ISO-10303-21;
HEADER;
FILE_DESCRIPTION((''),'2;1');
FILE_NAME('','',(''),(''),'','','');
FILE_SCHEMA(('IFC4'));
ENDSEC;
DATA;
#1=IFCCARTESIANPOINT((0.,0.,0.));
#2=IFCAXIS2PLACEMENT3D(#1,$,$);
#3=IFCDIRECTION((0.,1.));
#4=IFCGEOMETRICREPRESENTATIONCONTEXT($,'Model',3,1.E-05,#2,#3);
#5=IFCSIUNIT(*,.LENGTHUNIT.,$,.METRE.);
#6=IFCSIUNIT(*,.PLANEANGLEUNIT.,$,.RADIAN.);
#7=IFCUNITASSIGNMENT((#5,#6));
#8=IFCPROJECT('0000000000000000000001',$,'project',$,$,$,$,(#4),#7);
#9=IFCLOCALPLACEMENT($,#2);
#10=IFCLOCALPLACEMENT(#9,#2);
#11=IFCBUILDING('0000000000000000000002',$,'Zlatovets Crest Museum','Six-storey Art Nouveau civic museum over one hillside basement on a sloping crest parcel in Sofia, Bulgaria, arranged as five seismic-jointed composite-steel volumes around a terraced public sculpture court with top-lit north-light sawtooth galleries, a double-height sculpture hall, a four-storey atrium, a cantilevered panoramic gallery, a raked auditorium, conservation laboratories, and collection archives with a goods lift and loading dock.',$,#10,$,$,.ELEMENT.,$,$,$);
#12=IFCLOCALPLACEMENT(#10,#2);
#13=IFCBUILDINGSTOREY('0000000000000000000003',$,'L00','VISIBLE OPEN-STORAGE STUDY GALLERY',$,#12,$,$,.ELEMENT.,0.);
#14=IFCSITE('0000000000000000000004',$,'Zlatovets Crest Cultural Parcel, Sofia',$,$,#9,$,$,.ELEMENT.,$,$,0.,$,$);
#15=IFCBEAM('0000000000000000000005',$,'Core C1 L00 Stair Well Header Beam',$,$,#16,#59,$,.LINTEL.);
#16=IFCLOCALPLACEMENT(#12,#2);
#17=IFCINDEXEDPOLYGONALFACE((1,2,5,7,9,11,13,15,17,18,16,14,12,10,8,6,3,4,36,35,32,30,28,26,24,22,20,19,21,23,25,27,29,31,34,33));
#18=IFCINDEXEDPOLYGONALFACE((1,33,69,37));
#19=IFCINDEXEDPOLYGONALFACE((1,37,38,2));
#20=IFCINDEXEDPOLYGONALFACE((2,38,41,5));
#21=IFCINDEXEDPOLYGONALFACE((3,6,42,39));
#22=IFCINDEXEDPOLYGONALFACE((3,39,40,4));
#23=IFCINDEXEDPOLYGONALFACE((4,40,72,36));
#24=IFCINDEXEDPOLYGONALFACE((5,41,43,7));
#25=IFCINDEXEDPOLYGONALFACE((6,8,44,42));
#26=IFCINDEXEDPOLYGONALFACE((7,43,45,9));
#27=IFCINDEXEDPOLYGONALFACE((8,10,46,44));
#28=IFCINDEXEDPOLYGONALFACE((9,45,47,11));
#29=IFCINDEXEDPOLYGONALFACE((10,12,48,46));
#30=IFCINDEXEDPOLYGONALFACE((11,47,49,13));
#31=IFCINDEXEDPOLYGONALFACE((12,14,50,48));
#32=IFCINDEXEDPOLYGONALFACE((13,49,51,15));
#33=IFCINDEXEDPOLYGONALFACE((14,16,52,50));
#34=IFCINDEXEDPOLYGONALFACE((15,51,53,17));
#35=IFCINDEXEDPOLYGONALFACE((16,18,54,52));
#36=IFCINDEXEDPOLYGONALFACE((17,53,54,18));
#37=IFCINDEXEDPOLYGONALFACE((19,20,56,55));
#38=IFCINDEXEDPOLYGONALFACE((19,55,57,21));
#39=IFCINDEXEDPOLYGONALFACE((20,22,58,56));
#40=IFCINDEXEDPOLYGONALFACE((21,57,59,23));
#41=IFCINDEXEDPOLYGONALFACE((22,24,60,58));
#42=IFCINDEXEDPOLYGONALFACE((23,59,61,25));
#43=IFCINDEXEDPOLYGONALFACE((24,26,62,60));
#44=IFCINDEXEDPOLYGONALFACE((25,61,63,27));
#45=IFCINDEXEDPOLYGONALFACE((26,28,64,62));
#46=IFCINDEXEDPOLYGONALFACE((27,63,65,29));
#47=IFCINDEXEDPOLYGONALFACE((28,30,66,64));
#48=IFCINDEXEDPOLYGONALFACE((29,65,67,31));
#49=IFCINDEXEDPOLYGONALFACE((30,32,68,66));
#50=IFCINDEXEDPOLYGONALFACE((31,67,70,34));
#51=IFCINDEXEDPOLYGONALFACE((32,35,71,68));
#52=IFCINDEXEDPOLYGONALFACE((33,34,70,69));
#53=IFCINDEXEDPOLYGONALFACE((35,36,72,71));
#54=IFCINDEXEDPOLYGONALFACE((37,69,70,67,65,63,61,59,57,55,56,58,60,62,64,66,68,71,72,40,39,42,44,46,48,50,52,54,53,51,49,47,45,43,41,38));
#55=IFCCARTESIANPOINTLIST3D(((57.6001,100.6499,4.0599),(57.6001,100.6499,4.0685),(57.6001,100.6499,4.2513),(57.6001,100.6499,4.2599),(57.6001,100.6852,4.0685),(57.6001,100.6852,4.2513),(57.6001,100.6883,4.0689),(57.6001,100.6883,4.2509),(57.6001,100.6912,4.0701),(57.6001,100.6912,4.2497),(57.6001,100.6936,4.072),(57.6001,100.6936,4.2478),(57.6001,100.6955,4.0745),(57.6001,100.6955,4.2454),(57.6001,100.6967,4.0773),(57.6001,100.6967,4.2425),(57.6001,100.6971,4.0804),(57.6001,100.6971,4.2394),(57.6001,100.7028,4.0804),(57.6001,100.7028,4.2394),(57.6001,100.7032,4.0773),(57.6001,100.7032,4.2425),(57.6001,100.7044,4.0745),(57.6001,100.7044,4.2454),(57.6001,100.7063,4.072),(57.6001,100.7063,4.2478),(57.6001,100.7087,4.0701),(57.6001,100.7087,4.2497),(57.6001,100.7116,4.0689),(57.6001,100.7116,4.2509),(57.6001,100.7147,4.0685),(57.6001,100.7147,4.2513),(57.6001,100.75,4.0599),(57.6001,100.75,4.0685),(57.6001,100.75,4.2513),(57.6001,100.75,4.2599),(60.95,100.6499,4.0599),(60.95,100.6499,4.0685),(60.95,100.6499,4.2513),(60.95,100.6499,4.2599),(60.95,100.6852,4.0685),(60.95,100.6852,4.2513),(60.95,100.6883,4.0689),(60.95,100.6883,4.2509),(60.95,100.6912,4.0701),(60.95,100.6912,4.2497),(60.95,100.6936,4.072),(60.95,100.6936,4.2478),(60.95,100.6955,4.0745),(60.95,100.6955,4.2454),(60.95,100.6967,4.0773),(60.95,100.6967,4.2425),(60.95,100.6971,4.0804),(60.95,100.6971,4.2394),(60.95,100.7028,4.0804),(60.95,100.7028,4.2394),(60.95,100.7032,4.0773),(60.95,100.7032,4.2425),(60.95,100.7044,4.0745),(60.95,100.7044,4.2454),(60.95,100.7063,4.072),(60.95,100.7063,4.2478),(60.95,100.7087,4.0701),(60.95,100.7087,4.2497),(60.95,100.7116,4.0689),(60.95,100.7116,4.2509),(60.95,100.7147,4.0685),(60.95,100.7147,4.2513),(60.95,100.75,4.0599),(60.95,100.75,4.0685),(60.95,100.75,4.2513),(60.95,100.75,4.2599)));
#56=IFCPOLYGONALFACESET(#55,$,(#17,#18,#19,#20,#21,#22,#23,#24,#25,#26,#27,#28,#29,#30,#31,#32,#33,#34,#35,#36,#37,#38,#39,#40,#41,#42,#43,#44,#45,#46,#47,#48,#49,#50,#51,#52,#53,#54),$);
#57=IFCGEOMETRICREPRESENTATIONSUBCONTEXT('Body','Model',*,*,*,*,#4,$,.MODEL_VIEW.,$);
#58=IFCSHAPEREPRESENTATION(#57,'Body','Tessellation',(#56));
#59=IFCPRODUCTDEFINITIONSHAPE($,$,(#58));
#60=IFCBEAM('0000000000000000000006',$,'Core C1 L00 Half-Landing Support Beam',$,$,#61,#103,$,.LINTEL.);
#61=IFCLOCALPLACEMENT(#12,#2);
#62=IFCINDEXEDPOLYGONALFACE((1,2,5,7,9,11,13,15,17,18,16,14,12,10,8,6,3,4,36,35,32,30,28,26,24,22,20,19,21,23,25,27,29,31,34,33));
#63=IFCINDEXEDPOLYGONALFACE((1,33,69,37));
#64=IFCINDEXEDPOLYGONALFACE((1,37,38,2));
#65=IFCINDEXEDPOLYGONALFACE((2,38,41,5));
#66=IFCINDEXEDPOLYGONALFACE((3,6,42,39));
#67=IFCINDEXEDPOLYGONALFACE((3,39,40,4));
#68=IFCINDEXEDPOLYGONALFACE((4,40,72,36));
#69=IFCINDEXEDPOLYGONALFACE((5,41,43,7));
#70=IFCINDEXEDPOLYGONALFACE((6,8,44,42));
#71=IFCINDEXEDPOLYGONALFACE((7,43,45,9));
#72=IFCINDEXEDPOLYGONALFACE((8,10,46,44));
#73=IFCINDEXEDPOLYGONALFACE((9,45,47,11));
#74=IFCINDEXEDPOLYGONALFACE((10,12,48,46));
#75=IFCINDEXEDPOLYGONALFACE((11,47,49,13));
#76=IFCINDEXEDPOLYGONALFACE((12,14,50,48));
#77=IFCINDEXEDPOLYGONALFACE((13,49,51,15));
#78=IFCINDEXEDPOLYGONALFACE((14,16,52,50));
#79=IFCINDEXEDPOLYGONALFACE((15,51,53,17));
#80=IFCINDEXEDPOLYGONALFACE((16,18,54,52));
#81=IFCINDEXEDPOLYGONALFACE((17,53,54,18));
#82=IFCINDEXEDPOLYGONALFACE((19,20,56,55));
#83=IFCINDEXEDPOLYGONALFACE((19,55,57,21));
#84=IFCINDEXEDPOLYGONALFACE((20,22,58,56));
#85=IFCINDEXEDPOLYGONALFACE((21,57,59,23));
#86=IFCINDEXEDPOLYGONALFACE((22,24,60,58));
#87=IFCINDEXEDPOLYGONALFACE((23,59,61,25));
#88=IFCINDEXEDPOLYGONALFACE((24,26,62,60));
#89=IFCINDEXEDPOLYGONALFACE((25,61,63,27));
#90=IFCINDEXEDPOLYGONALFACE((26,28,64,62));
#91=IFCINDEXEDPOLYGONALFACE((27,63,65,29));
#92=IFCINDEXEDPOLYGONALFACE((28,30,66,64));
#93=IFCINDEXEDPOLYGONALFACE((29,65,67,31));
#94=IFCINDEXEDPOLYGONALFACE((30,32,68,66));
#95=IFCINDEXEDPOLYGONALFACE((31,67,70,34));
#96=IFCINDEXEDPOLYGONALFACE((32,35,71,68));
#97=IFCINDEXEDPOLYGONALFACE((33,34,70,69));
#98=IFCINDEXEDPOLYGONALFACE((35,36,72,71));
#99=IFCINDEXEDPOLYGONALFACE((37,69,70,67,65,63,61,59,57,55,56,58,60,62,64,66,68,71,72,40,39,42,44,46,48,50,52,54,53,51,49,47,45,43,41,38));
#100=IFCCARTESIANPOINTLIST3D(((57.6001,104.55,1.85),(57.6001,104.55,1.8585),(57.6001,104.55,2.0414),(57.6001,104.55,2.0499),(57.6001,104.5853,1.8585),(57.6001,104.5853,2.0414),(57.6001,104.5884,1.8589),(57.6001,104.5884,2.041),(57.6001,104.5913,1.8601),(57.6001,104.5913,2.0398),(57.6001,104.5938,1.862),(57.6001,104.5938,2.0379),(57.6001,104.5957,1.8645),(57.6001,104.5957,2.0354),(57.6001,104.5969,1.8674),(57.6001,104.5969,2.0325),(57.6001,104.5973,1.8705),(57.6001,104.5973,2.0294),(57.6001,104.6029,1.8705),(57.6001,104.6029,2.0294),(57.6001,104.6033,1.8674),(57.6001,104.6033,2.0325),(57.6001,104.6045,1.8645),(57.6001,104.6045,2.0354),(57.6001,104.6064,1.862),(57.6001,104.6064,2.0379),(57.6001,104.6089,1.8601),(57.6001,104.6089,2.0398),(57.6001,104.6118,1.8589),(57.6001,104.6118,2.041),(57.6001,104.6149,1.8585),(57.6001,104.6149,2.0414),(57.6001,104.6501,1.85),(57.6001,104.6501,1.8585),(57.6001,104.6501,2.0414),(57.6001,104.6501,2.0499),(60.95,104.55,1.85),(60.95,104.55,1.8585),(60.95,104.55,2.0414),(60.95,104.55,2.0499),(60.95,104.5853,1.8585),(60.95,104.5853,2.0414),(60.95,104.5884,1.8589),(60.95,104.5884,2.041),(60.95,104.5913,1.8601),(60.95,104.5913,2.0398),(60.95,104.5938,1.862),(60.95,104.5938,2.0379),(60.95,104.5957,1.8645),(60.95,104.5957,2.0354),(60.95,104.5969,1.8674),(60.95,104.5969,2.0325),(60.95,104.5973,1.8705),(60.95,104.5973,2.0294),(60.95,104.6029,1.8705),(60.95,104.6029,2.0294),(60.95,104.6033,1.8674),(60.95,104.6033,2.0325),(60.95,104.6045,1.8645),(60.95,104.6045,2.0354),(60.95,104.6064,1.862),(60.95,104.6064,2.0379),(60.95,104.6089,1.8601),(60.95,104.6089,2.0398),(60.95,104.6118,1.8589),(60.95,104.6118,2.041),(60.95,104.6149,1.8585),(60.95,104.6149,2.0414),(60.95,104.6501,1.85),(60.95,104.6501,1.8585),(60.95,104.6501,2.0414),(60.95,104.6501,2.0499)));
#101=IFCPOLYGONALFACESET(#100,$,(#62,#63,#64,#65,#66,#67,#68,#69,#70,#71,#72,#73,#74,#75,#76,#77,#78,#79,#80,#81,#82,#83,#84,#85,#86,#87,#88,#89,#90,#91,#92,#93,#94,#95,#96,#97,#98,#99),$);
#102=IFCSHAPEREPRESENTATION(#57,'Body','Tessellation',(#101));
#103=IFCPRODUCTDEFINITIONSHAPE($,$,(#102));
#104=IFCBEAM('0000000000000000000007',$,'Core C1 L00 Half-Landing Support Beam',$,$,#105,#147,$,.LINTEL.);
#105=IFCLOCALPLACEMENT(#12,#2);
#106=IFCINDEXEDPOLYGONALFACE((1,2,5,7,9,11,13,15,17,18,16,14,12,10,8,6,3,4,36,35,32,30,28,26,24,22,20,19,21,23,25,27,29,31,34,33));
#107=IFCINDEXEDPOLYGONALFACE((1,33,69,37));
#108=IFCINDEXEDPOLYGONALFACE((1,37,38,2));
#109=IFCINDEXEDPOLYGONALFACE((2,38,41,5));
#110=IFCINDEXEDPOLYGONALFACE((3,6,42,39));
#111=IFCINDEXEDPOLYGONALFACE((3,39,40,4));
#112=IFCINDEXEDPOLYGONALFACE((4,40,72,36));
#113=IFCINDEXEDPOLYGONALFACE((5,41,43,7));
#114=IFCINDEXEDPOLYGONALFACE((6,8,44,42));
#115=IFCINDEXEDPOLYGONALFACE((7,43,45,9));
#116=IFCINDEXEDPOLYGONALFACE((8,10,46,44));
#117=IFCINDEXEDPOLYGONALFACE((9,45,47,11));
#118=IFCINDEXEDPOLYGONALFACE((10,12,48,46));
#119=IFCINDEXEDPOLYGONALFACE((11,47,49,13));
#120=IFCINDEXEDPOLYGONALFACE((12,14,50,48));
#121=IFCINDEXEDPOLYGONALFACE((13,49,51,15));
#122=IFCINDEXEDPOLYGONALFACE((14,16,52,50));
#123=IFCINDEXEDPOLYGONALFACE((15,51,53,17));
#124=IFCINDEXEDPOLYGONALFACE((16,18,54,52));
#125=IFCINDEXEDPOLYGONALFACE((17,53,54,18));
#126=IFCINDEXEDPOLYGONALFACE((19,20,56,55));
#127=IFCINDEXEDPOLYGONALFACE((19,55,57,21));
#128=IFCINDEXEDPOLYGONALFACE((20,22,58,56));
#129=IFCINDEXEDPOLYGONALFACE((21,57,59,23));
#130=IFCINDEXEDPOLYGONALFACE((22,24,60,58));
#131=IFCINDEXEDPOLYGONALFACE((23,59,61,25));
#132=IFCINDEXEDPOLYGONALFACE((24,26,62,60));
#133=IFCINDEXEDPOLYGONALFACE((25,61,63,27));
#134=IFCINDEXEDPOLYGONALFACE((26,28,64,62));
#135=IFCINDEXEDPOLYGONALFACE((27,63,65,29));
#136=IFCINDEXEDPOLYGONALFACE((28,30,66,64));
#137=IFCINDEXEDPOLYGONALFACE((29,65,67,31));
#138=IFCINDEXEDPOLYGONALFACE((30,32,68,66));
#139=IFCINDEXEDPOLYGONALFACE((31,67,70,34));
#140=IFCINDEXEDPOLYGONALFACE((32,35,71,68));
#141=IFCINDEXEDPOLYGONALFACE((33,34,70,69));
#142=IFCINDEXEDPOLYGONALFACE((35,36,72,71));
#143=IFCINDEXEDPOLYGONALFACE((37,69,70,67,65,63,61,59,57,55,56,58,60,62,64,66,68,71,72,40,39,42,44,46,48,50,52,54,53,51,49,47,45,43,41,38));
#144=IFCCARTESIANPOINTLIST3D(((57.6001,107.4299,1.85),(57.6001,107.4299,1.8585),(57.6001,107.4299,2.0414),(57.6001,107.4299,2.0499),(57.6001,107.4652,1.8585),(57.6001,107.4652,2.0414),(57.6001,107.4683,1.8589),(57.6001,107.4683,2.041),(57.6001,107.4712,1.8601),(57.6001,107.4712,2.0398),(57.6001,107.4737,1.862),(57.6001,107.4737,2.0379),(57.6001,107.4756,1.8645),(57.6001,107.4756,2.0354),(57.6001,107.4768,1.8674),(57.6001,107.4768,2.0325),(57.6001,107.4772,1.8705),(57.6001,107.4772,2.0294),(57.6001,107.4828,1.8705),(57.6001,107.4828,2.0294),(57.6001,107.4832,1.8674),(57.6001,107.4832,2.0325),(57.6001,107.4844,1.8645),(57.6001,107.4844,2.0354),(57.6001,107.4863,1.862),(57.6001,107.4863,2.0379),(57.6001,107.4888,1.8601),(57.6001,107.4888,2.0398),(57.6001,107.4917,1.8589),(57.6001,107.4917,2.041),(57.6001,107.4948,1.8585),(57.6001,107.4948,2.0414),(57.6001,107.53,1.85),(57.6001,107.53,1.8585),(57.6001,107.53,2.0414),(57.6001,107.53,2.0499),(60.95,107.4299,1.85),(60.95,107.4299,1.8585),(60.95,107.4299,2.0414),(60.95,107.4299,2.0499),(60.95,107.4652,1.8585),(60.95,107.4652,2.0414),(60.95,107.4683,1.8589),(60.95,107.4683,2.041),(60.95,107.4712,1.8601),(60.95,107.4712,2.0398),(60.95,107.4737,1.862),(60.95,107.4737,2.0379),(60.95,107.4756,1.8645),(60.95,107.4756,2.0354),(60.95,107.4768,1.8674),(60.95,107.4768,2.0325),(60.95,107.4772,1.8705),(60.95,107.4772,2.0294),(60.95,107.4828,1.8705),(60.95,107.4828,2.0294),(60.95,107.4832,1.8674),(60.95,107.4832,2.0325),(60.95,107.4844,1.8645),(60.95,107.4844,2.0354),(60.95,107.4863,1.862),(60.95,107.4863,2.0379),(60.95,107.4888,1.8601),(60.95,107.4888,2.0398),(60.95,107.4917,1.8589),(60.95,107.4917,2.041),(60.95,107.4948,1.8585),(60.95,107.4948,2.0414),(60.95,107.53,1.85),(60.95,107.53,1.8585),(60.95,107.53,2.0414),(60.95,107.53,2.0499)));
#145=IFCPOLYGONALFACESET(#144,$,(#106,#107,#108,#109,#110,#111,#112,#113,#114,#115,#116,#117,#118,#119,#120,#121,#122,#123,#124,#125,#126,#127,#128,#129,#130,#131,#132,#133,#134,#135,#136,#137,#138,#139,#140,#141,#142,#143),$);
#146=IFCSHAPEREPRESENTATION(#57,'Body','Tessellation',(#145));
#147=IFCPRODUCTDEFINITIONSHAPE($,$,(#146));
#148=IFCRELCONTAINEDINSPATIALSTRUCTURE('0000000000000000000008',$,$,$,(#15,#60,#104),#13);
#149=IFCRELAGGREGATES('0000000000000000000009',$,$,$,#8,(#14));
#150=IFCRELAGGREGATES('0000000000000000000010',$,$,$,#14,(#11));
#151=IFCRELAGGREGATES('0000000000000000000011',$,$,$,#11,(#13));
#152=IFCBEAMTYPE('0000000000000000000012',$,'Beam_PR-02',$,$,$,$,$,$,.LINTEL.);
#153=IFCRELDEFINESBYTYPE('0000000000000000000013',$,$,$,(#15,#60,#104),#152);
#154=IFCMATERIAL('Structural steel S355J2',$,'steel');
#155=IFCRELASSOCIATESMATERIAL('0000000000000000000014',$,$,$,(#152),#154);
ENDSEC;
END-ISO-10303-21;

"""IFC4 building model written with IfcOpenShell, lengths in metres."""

from ifc_helpers import new_model, si_unit, direction, frame, origin, origin_2d, place, context, subcontext, project, spatial, i_section, extrude, material, material_profile, profile_set, type_object, element, save


model = new_model("IFC4")

# Units and contexts
model_context = context("Model", 3, precision=1e-05, world=origin(), true_north=direction((0.0, 1.0)))
body_context = subcontext(model_context, "Body", "Model", "MODEL_VIEW")
ifc_project = project(units=[si_unit("LENGTHUNIT", "METRE"), si_unit("PLANEANGLEUNIT", "RADIAN")], contexts=[model_context])

# Site, building, storey
site_placement = place(None, origin())
site = spatial("IfcSite", under=ifc_project, at=site_placement, Name="Zlatovets Crest Cultural Parcel, Sofia", CompositionType="ELEMENT", RefElevation=0.0)
building_placement = place(site_placement, origin())
building = spatial("IfcBuilding", under=site, at=building_placement, Name="Zlatovets Crest Museum", Description="Six-storey Art Nouveau civic museum over one hillside basement on a sloping crest parcel in Sofia, Bulgaria, arranged as five seismic-jointed composite-steel volumes around a terraced public sculpture court with top-lit north-light sawtooth galleries, a double-height sculpture hall, a four-storey atrium, a cantilevered panoramic gallery, a raked auditorium, conservation laboratories, and collection archives with a goods lift and loading dock.", CompositionType="ELEMENT")
storey_placement = place(building_placement, origin())
storey = spatial("IfcBuildingStorey", under=building, at=storey_placement, Name="L00", Description="VISIBLE OPEN-STORAGE STUDY GALLERY", CompositionType="ELEMENT", Elevation=0.0)

# Shared definitions
ifc_material_1 = material(Name="Structural steel S355J2", Category="steel")

# Beams
ifc_material_profile_1 = material_profile(ifc_material_1, i_section(OverallWidth=0.1001, OverallDepth=0.2, WebThickness=0.0056, FlangeThickness=0.0085, FilletRadius=0.012, at=origin_2d()), Name="IPE 200")
ifc_profile_set_1 = profile_set([ifc_material_profile_1], Name="Structural steel S355J2")
beam_type_1 = type_object("IfcBeamType", Name="Beam_PR-02", PredefinedType="LINTEL", material=ifc_profile_set_1)
for number, where, z_axis, x_axis, name in (
    (1, (57.6001, 100.7, 4.1599), (1.0, 0.0, 0.0), (0.0, 1.0, 0.0), "Core C1 L00 Stair Well Header Beam"),
    (2, (57.6001, 104.6001, 1.95), (1.0, 0.0, 0.0), (0.0, 1.0, 0.0), "Core C1 L00 Half-Landing Support Beam"),
    (3, (57.6001, 107.48, 1.95), (1.0, 0.0, 0.0), (0.0, 1.0, 0.0), "Core C1 L00 Half-Landing Support Beam"),
):
    element("IfcBeam", number, at=place(storey_placement, frame(where, z_axis=z_axis, x_axis=x_axis)), inside=storey, type_object=beam_type_1, Name=name, PredefinedType="LINTEL", context=body_context, shape_type="SweptSolid", body=[
        extrude(i_section(OverallWidth=0.1001, OverallDepth=0.2, WebThickness=0.0056, FlangeThickness=0.0085, FilletRadius=0.012, at=origin_2d()), origin(), (0.0, 0.0, 1.0), 3.3499),
    ])

save(model, "model.ifc")
